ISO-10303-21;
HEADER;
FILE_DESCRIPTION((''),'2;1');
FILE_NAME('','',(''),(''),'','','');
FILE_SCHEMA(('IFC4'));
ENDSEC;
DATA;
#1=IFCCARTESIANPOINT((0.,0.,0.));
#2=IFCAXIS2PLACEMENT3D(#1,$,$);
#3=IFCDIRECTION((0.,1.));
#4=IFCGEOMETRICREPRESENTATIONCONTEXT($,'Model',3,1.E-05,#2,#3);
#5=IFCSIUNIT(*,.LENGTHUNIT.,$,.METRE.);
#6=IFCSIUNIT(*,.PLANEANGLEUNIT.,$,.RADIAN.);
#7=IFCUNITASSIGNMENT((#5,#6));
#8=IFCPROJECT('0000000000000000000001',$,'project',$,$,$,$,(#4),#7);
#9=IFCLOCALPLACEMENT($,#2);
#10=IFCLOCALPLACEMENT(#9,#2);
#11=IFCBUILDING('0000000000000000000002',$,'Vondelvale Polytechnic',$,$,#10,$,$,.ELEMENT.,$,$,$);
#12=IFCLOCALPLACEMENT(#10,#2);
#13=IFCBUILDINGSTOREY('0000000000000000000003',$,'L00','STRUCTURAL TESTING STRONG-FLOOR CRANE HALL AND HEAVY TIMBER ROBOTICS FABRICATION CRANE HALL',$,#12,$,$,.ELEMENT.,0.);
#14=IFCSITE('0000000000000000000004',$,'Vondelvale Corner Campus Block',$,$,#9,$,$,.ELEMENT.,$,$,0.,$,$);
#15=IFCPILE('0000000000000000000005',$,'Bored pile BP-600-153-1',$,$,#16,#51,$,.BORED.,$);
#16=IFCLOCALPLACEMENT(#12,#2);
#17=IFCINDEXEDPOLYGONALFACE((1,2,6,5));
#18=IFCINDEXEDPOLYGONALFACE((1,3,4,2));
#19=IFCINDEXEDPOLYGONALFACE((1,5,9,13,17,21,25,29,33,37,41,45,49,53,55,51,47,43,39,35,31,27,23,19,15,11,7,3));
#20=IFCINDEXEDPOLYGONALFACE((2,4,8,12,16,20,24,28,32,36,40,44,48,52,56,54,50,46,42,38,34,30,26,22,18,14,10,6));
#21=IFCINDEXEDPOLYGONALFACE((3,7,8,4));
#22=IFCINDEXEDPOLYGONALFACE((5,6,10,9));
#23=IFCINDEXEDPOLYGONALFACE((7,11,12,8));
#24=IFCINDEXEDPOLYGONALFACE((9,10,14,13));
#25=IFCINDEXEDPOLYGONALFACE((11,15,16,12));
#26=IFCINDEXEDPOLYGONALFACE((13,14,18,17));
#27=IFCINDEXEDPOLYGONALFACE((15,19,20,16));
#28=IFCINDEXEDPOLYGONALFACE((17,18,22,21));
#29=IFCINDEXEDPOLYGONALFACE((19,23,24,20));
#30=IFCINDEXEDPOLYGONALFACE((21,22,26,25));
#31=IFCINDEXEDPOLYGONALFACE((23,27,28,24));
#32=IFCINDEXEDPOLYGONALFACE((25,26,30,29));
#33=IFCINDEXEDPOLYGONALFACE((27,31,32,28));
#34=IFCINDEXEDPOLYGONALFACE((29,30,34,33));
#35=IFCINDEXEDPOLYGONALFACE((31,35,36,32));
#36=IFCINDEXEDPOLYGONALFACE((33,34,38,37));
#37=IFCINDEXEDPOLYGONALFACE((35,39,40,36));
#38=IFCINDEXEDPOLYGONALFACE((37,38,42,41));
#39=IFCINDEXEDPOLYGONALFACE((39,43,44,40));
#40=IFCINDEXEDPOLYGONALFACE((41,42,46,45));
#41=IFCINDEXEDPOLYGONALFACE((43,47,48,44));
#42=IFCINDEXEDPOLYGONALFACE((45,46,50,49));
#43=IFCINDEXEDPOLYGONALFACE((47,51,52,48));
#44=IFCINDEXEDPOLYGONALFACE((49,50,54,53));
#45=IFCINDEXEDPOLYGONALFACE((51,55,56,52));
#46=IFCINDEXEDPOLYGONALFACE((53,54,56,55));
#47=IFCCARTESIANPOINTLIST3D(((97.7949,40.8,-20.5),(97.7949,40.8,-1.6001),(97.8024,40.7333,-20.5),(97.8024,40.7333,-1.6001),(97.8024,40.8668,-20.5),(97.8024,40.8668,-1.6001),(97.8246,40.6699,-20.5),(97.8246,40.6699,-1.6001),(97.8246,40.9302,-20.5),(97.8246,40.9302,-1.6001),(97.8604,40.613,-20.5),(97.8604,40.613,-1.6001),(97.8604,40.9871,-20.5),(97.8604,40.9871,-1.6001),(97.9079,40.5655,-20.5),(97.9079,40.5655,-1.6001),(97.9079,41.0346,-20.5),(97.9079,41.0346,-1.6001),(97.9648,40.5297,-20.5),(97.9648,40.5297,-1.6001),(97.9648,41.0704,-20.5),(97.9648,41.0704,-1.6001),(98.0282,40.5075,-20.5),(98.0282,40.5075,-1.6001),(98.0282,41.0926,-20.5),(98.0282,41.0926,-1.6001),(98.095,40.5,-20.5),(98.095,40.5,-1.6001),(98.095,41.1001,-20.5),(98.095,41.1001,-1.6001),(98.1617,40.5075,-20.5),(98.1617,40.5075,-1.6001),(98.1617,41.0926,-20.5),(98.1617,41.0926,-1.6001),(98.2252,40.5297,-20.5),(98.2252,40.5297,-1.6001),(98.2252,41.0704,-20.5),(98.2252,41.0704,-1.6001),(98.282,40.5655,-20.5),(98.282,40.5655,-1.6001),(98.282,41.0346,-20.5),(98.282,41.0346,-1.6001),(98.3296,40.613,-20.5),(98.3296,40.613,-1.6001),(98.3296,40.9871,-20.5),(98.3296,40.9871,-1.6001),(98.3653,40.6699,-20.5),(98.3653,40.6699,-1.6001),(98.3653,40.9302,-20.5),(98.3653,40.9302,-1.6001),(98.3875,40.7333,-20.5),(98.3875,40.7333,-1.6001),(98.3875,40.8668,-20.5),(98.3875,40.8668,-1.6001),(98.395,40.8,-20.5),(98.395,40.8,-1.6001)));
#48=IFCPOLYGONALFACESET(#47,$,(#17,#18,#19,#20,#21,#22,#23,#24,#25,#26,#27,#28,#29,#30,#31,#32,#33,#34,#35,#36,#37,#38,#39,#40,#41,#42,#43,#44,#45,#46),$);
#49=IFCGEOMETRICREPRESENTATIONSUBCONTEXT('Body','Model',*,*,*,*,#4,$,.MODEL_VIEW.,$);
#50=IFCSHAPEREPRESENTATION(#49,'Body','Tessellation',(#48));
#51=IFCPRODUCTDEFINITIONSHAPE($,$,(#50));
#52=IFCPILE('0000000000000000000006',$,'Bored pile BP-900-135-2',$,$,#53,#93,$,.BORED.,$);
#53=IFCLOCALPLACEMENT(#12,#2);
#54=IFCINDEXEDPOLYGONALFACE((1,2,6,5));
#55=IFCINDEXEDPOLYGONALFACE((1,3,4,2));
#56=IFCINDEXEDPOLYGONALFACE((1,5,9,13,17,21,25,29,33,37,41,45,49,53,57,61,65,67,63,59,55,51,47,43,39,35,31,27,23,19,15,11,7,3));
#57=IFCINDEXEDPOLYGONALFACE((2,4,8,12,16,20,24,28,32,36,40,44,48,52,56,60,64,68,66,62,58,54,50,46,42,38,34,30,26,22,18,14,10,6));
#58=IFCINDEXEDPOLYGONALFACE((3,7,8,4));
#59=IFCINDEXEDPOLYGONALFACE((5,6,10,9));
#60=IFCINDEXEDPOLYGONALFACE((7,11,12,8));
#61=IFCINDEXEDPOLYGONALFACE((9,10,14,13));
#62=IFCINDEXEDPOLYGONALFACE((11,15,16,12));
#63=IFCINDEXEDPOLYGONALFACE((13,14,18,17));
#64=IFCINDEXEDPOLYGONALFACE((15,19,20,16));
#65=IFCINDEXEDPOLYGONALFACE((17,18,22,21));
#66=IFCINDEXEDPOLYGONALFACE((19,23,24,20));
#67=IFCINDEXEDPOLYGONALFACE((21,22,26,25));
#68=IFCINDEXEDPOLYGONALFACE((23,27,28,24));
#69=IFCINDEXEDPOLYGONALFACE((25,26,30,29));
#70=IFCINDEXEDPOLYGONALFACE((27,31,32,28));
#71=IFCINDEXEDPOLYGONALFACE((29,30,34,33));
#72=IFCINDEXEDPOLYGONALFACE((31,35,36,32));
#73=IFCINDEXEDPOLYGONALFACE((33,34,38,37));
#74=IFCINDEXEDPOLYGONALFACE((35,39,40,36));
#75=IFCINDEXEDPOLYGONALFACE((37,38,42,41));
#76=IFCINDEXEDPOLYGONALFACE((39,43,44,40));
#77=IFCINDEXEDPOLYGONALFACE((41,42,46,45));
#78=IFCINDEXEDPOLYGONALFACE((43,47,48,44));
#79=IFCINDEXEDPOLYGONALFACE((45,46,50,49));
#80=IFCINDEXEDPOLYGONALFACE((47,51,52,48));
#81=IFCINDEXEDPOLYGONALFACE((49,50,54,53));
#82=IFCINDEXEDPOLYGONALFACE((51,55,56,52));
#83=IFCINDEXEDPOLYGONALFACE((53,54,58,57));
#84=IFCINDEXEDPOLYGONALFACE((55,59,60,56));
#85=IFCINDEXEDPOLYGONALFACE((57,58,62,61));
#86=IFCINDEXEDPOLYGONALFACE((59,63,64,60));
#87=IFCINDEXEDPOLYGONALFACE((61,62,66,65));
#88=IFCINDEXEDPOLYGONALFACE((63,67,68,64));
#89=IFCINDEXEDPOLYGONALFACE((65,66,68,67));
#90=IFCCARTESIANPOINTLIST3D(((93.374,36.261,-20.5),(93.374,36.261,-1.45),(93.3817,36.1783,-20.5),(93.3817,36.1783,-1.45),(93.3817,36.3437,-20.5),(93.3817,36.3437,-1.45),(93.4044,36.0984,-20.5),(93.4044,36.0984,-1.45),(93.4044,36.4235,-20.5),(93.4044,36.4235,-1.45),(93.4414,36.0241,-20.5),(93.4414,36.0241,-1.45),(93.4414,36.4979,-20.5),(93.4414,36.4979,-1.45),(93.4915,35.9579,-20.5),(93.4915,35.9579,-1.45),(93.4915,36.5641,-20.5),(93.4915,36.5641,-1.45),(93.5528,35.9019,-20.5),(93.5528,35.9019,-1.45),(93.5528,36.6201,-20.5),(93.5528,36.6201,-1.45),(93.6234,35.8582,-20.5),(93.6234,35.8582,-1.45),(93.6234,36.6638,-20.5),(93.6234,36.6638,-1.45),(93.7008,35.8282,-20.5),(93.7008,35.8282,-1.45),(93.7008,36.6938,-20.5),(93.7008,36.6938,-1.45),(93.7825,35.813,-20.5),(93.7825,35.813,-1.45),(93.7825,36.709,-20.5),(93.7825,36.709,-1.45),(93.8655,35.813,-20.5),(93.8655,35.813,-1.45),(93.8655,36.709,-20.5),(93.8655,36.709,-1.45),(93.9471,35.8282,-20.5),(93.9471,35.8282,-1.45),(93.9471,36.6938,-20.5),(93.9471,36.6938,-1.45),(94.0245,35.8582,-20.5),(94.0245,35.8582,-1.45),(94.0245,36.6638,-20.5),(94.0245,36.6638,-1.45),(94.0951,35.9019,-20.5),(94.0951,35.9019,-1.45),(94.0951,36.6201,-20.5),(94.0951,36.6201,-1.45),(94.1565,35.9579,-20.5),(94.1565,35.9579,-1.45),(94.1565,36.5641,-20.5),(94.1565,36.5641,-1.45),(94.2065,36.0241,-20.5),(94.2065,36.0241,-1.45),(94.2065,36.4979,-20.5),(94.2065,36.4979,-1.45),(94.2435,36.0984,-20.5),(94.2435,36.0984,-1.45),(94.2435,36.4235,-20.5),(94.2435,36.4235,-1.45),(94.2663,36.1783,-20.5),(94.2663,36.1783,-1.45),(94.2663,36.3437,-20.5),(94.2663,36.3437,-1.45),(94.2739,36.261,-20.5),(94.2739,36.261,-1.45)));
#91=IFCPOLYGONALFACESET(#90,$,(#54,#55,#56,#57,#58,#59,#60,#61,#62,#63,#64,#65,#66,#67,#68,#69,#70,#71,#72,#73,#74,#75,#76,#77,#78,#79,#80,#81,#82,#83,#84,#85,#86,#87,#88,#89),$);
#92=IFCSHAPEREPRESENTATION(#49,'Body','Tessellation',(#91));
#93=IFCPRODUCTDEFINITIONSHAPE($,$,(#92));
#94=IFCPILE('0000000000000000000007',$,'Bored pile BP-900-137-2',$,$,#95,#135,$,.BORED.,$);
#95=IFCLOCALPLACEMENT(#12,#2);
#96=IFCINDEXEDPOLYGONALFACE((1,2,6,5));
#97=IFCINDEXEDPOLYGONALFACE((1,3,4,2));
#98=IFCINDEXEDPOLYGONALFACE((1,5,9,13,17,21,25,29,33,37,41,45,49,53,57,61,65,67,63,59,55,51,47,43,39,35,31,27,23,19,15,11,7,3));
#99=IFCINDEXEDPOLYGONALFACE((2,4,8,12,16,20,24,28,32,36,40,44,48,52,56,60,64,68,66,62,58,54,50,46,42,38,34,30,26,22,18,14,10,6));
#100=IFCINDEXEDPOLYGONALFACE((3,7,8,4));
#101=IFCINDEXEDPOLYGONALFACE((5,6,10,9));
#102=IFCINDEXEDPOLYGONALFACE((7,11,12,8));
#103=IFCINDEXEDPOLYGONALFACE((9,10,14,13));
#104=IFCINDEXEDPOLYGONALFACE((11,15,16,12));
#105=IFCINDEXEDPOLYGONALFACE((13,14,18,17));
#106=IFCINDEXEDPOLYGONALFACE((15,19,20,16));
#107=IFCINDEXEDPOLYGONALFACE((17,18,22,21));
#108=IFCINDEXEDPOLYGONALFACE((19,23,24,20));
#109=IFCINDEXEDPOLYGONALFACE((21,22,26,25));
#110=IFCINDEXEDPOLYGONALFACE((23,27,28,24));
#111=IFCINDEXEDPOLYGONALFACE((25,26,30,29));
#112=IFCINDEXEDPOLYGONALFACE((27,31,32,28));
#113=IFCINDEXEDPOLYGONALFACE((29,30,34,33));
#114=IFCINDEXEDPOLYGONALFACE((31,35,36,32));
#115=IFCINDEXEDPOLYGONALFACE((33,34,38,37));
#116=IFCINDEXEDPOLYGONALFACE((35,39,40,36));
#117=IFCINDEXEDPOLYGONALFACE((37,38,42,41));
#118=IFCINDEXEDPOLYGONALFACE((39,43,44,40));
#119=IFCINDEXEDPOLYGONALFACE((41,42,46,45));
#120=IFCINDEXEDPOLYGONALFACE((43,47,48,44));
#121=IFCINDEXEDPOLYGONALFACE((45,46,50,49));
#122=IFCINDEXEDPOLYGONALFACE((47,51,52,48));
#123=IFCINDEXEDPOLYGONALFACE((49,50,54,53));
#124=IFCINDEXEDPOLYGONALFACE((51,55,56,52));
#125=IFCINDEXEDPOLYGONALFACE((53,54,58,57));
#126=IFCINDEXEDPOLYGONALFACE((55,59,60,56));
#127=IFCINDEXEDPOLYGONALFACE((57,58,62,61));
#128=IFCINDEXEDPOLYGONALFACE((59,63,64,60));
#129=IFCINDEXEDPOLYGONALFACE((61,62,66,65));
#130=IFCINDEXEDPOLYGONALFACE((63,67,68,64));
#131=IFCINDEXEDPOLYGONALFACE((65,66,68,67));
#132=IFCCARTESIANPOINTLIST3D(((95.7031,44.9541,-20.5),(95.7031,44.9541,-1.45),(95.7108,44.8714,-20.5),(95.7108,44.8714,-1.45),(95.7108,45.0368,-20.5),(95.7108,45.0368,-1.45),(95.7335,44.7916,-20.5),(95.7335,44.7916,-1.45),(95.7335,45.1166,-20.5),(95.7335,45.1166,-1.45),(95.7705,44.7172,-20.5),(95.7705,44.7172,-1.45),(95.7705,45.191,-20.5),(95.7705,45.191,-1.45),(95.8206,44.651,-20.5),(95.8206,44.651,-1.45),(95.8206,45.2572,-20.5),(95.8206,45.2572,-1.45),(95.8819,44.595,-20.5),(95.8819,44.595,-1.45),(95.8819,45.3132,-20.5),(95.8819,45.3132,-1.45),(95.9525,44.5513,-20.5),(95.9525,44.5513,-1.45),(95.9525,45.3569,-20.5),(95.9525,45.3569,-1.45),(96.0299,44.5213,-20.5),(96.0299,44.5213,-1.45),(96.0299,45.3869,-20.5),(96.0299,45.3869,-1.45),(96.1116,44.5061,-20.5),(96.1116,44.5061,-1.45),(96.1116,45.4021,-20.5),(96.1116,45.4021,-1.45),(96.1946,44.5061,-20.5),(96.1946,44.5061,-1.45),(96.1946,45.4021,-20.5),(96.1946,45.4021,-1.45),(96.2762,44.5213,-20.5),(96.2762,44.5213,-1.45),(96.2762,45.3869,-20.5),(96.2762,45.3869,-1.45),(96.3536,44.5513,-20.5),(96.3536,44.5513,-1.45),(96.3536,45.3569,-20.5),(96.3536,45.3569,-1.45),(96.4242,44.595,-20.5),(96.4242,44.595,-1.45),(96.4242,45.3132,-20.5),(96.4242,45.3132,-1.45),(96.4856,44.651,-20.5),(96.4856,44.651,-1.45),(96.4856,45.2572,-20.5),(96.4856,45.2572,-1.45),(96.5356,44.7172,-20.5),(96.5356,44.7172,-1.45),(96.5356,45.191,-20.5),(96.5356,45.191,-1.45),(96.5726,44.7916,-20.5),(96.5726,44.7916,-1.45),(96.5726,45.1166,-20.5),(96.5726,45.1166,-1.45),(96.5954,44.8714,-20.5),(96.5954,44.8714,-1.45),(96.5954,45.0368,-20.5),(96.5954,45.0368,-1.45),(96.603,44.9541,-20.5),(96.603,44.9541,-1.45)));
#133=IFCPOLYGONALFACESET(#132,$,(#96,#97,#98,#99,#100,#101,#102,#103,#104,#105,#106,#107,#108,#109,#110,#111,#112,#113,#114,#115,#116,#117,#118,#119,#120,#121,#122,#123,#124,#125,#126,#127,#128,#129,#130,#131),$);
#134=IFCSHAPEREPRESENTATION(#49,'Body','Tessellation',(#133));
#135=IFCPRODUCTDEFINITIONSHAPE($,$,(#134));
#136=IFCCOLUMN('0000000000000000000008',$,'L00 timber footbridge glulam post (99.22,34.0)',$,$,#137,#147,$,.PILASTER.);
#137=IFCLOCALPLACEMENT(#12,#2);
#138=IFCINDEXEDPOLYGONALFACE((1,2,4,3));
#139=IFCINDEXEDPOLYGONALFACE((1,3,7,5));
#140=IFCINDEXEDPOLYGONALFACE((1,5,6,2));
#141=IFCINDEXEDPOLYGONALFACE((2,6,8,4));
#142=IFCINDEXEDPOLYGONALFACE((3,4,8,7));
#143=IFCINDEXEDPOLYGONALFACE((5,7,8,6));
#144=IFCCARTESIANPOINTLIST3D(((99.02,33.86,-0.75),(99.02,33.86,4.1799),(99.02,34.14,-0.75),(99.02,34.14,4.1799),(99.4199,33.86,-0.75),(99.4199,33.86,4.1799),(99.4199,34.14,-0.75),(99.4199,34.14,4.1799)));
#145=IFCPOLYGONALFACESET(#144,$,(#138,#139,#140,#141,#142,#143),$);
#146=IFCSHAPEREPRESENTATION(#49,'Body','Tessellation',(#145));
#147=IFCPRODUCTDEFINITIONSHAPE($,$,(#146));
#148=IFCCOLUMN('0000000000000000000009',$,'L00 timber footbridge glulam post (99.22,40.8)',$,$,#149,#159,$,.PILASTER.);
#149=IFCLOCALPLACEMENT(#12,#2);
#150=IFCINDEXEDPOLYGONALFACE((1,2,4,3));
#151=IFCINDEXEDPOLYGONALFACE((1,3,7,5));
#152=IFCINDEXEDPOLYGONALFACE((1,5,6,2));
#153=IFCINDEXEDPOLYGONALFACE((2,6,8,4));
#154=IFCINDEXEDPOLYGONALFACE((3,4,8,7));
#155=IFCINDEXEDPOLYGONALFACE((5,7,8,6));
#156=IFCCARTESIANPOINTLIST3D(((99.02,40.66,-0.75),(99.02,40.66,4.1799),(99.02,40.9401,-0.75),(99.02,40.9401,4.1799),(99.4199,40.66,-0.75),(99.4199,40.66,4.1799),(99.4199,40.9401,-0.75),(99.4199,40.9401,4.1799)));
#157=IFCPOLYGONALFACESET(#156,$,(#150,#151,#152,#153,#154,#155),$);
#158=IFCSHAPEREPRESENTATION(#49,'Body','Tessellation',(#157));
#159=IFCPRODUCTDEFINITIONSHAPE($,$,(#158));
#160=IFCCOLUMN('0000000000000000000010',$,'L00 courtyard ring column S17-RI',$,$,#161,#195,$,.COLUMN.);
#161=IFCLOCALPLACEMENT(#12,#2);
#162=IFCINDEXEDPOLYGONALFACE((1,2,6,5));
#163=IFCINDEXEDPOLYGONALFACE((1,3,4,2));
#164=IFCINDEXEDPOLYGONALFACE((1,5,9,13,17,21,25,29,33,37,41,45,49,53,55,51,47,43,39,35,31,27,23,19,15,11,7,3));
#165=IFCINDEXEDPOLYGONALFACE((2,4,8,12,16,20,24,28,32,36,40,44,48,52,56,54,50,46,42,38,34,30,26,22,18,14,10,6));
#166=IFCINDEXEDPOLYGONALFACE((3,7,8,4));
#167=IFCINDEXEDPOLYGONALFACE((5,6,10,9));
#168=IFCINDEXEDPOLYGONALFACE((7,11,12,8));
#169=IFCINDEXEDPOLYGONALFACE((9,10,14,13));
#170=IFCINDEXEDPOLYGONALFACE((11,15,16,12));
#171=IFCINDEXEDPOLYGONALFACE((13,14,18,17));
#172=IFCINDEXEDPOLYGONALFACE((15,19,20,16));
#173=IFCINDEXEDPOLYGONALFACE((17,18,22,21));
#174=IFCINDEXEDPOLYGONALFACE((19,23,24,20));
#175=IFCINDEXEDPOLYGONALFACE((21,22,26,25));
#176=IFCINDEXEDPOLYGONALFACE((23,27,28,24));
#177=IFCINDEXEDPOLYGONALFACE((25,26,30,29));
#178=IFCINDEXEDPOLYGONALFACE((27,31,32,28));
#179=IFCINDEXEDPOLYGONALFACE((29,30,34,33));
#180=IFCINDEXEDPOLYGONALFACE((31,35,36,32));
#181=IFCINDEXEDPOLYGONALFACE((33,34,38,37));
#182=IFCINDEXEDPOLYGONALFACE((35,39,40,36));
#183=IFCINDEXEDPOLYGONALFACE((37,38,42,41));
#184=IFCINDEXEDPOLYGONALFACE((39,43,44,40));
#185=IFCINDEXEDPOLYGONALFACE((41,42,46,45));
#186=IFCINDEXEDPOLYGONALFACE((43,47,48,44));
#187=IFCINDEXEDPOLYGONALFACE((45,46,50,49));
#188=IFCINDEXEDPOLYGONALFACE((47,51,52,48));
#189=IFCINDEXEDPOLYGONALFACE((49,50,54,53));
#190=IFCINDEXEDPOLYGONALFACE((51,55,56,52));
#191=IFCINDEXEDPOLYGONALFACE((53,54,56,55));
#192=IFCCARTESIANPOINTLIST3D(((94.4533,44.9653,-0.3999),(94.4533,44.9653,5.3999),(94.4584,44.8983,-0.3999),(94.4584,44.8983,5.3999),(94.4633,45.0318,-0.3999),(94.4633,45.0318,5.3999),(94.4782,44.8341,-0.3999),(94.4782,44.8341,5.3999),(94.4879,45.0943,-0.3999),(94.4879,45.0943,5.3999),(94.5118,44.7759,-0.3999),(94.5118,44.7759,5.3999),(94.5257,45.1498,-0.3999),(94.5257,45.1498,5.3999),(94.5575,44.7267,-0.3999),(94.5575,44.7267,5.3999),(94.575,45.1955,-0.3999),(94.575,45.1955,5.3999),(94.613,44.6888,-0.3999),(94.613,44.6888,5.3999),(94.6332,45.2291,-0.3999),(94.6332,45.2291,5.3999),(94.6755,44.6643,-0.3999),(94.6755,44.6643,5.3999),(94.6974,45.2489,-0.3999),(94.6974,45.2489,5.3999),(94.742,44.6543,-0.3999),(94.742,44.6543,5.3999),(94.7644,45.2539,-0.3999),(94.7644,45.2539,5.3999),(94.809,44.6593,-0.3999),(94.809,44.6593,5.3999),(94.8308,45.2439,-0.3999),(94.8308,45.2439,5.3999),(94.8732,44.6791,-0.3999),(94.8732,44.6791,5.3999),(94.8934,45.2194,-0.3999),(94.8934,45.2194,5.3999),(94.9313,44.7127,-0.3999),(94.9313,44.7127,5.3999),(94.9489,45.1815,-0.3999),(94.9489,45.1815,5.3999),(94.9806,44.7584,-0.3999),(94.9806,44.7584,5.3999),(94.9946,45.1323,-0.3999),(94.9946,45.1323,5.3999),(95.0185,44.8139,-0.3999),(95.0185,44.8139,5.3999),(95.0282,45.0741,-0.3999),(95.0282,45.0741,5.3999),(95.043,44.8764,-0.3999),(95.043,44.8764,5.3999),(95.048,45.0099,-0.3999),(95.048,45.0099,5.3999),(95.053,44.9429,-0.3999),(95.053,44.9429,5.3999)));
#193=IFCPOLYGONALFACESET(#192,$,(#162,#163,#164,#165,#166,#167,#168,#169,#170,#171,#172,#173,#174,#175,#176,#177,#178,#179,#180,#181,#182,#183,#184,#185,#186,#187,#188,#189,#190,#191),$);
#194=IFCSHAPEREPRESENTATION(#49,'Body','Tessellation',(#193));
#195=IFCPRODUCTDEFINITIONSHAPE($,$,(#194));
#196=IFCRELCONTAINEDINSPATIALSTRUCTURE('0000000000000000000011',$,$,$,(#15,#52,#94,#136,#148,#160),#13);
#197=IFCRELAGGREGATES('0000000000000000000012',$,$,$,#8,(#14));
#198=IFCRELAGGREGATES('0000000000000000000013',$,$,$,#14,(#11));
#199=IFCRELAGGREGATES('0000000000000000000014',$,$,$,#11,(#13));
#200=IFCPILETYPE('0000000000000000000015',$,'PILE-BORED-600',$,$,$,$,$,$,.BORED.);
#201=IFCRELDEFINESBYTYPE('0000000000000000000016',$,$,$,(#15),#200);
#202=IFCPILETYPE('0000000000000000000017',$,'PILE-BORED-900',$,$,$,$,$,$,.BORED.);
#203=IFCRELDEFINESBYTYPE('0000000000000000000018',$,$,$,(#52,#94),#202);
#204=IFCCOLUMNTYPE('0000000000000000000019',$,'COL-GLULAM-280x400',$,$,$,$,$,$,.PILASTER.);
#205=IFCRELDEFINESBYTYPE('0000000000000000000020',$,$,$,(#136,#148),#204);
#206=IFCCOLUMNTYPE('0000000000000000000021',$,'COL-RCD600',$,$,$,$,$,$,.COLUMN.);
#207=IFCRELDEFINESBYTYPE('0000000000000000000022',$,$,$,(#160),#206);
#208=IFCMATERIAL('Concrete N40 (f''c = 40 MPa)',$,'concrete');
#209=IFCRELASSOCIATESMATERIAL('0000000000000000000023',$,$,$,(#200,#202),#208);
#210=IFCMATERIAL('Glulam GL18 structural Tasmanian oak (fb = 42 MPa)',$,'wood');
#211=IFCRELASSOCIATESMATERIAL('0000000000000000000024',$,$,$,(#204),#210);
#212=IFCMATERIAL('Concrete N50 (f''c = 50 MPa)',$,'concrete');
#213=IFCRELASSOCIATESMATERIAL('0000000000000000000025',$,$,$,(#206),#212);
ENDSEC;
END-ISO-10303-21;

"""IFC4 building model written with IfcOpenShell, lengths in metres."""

from ifc_helpers import new_model, si_unit, direction, frame, origin, origin_2d, place, context, subcontext, project, spatial, rectangle, circle, extrude, material, material_profile, profile_set, type_object, element, save


model = new_model("IFC4")

# Units and contexts
model_context = context("Model", 3, precision=1e-05, world=origin(), true_north=direction((0.0, 1.0)))
body_context = subcontext(model_context, "Body", "Model", "MODEL_VIEW")
ifc_project = project(units=[si_unit("LENGTHUNIT", "METRE"), si_unit("PLANEANGLEUNIT", "RADIAN")], contexts=[model_context])

# Site, building, storey
site_placement = place(None, origin())
site = spatial("IfcSite", under=ifc_project, at=site_placement, Name="Vondelvale Corner Campus Block", CompositionType="ELEMENT", RefElevation=0.0)
building_placement = place(site_placement, origin())
building = spatial("IfcBuilding", under=site, at=building_placement, Name="Vondelvale Polytechnic", CompositionType="ELEMENT")
storey_placement = place(building_placement, origin())
storey = spatial("IfcBuildingStorey", under=building, at=storey_placement, Name="L00", Description="STRUCTURAL TESTING STRONG-FLOOR CRANE HALL AND HEAVY TIMBER ROBOTICS FABRICATION CRANE HALL", CompositionType="ELEMENT", Elevation=0.0)

# Shared definitions
ifc_material_1 = material(Name="Concrete N40 (f'c = 40 MPa)", Category="concrete")

# Piles
ifc_material_profile_1 = material_profile(ifc_material_1, circle(Radius=0.3, at=origin_2d()), Name="PILE-D600")
ifc_profile_set_1 = profile_set([ifc_material_profile_1], Name="Concrete N40 (f'c = 40 MPa)")
pile_type_1 = type_object("IfcPileType", Name="PILE-BORED-600", PredefinedType="BORED", material=ifc_profile_set_1)
for number, where, z_axis, x_axis, name in (
    (1, (98.095, 40.8, -1.6001), (0.0, 0.0, -1.0), (1.0, 0.0, 0.0), "Bored pile BP-600-153-1"),
):
    element("IfcPile", number, at=place(storey_placement, frame(where, z_axis=z_axis, x_axis=x_axis)), inside=storey, type_object=pile_type_1, Name=name, PredefinedType="BORED", context=body_context, shape_type="SweptSolid", body=[
        extrude(circle(Radius=0.3, at=origin_2d()), origin(), (0.0, 0.0, 1.0), 18.8999),
    ])
ifc_material_profile_2 = material_profile(ifc_material_1, circle(Radius=0.45, at=origin_2d()), Name="PILE-D900")
ifc_profile_set_2 = profile_set([ifc_material_profile_2], Name="Concrete N40 (f'c = 40 MPa)")
pile_type_2 = type_object("IfcPileType", Name="PILE-BORED-900", PredefinedType="BORED", material=ifc_profile_set_2)
for number, where, z_axis, x_axis, name in (
    (2, (93.824, 36.261, -1.45), (0.0, 0.0, -1.0), (1.0, 0.0, 0.0), "Bored pile BP-900-135-2"),
    (3, (96.1531, 44.9541, -1.45), (0.0, 0.0, -1.0), (1.0, 0.0, 0.0), "Bored pile BP-900-137-2"),
):
    element("IfcPile", number, at=place(storey_placement, frame(where, z_axis=z_axis, x_axis=x_axis)), inside=storey, type_object=pile_type_2, Name=name, PredefinedType="BORED", context=body_context, shape_type="SweptSolid", body=[
        extrude(circle(Radius=0.45, at=origin_2d()), origin(), (0.0, 0.0, 1.0), 19.05),
    ])

# Columns
ifc_material_2 = material(Name="Glulam GL18 structural Tasmanian oak (fb = 42 MPa)", Category="wood")
ifc_material_profile_3 = material_profile(ifc_material_2, rectangle(XDim=0.28, YDim=0.3999, at=origin_2d()), Name="GL-POST-280x400")
ifc_profile_set_3 = profile_set([ifc_material_profile_3], Name="Glulam GL18 structural Tasmanian oak (fb = 42 MPa)")
column_type_1 = type_object("IfcColumnType", Name="COL-GLULAM-280x400", PredefinedType="PILASTER", material=ifc_profile_set_3)
for number, where, z_axis, x_axis, name in (
    (4, (99.22, 34.0, -0.75), (0.0, 0.0, 1.0), (0.0, 1.0, 0.0), "L00 timber footbridge glulam post (99.22,34.0)"),
    (5, (99.22, 40.8, -0.75), (0.0, 0.0, 1.0), (0.0, 1.0, 0.0), "L00 timber footbridge glulam post (99.22,40.8)"),
):
    element("IfcColumn", number, at=place(storey_placement, frame(where, z_axis=z_axis, x_axis=x_axis)), inside=storey, type_object=column_type_1, Name=name, PredefinedType="PILASTER", context=body_context, shape_type="SweptSolid", body=[
        extrude(rectangle(XDim=0.28, YDim=0.3999, at=origin_2d()), origin(), (0.0, 0.0, 1.0), 4.9299),
    ])
ifc_material_3 = material(Name="Concrete N50 (f'c = 50 MPa)", Category="concrete")
ifc_material_profile_4 = material_profile(ifc_material_3, circle(Radius=0.3, at=origin_2d()), Name="RC-COL-D600")
ifc_profile_set_4 = profile_set([ifc_material_profile_4], Name="Concrete N50 (f'c = 50 MPa)")
column_type_2 = type_object("IfcColumnType", Name="COL-RCD600", PredefinedType="COLUMN", material=ifc_profile_set_4)
column_placement = place(storey_placement, frame((94.7532, 44.9541, -0.3999), z_axis=(0.0, 0.0, 1.0), x_axis=(0.258819, 0.965926, 0.0)))
element("IfcColumn", 6, at=column_placement, inside=storey, type_object=column_type_2, Name="L00 courtyard ring column S17-RI", PredefinedType="COLUMN", context=body_context, shape_type="SweptSolid", body=[
    extrude(circle(Radius=0.3, at=origin_2d()), origin(), (0.0, 0.0, 1.0), 5.7998),
])

save(model, "model.ifc")
